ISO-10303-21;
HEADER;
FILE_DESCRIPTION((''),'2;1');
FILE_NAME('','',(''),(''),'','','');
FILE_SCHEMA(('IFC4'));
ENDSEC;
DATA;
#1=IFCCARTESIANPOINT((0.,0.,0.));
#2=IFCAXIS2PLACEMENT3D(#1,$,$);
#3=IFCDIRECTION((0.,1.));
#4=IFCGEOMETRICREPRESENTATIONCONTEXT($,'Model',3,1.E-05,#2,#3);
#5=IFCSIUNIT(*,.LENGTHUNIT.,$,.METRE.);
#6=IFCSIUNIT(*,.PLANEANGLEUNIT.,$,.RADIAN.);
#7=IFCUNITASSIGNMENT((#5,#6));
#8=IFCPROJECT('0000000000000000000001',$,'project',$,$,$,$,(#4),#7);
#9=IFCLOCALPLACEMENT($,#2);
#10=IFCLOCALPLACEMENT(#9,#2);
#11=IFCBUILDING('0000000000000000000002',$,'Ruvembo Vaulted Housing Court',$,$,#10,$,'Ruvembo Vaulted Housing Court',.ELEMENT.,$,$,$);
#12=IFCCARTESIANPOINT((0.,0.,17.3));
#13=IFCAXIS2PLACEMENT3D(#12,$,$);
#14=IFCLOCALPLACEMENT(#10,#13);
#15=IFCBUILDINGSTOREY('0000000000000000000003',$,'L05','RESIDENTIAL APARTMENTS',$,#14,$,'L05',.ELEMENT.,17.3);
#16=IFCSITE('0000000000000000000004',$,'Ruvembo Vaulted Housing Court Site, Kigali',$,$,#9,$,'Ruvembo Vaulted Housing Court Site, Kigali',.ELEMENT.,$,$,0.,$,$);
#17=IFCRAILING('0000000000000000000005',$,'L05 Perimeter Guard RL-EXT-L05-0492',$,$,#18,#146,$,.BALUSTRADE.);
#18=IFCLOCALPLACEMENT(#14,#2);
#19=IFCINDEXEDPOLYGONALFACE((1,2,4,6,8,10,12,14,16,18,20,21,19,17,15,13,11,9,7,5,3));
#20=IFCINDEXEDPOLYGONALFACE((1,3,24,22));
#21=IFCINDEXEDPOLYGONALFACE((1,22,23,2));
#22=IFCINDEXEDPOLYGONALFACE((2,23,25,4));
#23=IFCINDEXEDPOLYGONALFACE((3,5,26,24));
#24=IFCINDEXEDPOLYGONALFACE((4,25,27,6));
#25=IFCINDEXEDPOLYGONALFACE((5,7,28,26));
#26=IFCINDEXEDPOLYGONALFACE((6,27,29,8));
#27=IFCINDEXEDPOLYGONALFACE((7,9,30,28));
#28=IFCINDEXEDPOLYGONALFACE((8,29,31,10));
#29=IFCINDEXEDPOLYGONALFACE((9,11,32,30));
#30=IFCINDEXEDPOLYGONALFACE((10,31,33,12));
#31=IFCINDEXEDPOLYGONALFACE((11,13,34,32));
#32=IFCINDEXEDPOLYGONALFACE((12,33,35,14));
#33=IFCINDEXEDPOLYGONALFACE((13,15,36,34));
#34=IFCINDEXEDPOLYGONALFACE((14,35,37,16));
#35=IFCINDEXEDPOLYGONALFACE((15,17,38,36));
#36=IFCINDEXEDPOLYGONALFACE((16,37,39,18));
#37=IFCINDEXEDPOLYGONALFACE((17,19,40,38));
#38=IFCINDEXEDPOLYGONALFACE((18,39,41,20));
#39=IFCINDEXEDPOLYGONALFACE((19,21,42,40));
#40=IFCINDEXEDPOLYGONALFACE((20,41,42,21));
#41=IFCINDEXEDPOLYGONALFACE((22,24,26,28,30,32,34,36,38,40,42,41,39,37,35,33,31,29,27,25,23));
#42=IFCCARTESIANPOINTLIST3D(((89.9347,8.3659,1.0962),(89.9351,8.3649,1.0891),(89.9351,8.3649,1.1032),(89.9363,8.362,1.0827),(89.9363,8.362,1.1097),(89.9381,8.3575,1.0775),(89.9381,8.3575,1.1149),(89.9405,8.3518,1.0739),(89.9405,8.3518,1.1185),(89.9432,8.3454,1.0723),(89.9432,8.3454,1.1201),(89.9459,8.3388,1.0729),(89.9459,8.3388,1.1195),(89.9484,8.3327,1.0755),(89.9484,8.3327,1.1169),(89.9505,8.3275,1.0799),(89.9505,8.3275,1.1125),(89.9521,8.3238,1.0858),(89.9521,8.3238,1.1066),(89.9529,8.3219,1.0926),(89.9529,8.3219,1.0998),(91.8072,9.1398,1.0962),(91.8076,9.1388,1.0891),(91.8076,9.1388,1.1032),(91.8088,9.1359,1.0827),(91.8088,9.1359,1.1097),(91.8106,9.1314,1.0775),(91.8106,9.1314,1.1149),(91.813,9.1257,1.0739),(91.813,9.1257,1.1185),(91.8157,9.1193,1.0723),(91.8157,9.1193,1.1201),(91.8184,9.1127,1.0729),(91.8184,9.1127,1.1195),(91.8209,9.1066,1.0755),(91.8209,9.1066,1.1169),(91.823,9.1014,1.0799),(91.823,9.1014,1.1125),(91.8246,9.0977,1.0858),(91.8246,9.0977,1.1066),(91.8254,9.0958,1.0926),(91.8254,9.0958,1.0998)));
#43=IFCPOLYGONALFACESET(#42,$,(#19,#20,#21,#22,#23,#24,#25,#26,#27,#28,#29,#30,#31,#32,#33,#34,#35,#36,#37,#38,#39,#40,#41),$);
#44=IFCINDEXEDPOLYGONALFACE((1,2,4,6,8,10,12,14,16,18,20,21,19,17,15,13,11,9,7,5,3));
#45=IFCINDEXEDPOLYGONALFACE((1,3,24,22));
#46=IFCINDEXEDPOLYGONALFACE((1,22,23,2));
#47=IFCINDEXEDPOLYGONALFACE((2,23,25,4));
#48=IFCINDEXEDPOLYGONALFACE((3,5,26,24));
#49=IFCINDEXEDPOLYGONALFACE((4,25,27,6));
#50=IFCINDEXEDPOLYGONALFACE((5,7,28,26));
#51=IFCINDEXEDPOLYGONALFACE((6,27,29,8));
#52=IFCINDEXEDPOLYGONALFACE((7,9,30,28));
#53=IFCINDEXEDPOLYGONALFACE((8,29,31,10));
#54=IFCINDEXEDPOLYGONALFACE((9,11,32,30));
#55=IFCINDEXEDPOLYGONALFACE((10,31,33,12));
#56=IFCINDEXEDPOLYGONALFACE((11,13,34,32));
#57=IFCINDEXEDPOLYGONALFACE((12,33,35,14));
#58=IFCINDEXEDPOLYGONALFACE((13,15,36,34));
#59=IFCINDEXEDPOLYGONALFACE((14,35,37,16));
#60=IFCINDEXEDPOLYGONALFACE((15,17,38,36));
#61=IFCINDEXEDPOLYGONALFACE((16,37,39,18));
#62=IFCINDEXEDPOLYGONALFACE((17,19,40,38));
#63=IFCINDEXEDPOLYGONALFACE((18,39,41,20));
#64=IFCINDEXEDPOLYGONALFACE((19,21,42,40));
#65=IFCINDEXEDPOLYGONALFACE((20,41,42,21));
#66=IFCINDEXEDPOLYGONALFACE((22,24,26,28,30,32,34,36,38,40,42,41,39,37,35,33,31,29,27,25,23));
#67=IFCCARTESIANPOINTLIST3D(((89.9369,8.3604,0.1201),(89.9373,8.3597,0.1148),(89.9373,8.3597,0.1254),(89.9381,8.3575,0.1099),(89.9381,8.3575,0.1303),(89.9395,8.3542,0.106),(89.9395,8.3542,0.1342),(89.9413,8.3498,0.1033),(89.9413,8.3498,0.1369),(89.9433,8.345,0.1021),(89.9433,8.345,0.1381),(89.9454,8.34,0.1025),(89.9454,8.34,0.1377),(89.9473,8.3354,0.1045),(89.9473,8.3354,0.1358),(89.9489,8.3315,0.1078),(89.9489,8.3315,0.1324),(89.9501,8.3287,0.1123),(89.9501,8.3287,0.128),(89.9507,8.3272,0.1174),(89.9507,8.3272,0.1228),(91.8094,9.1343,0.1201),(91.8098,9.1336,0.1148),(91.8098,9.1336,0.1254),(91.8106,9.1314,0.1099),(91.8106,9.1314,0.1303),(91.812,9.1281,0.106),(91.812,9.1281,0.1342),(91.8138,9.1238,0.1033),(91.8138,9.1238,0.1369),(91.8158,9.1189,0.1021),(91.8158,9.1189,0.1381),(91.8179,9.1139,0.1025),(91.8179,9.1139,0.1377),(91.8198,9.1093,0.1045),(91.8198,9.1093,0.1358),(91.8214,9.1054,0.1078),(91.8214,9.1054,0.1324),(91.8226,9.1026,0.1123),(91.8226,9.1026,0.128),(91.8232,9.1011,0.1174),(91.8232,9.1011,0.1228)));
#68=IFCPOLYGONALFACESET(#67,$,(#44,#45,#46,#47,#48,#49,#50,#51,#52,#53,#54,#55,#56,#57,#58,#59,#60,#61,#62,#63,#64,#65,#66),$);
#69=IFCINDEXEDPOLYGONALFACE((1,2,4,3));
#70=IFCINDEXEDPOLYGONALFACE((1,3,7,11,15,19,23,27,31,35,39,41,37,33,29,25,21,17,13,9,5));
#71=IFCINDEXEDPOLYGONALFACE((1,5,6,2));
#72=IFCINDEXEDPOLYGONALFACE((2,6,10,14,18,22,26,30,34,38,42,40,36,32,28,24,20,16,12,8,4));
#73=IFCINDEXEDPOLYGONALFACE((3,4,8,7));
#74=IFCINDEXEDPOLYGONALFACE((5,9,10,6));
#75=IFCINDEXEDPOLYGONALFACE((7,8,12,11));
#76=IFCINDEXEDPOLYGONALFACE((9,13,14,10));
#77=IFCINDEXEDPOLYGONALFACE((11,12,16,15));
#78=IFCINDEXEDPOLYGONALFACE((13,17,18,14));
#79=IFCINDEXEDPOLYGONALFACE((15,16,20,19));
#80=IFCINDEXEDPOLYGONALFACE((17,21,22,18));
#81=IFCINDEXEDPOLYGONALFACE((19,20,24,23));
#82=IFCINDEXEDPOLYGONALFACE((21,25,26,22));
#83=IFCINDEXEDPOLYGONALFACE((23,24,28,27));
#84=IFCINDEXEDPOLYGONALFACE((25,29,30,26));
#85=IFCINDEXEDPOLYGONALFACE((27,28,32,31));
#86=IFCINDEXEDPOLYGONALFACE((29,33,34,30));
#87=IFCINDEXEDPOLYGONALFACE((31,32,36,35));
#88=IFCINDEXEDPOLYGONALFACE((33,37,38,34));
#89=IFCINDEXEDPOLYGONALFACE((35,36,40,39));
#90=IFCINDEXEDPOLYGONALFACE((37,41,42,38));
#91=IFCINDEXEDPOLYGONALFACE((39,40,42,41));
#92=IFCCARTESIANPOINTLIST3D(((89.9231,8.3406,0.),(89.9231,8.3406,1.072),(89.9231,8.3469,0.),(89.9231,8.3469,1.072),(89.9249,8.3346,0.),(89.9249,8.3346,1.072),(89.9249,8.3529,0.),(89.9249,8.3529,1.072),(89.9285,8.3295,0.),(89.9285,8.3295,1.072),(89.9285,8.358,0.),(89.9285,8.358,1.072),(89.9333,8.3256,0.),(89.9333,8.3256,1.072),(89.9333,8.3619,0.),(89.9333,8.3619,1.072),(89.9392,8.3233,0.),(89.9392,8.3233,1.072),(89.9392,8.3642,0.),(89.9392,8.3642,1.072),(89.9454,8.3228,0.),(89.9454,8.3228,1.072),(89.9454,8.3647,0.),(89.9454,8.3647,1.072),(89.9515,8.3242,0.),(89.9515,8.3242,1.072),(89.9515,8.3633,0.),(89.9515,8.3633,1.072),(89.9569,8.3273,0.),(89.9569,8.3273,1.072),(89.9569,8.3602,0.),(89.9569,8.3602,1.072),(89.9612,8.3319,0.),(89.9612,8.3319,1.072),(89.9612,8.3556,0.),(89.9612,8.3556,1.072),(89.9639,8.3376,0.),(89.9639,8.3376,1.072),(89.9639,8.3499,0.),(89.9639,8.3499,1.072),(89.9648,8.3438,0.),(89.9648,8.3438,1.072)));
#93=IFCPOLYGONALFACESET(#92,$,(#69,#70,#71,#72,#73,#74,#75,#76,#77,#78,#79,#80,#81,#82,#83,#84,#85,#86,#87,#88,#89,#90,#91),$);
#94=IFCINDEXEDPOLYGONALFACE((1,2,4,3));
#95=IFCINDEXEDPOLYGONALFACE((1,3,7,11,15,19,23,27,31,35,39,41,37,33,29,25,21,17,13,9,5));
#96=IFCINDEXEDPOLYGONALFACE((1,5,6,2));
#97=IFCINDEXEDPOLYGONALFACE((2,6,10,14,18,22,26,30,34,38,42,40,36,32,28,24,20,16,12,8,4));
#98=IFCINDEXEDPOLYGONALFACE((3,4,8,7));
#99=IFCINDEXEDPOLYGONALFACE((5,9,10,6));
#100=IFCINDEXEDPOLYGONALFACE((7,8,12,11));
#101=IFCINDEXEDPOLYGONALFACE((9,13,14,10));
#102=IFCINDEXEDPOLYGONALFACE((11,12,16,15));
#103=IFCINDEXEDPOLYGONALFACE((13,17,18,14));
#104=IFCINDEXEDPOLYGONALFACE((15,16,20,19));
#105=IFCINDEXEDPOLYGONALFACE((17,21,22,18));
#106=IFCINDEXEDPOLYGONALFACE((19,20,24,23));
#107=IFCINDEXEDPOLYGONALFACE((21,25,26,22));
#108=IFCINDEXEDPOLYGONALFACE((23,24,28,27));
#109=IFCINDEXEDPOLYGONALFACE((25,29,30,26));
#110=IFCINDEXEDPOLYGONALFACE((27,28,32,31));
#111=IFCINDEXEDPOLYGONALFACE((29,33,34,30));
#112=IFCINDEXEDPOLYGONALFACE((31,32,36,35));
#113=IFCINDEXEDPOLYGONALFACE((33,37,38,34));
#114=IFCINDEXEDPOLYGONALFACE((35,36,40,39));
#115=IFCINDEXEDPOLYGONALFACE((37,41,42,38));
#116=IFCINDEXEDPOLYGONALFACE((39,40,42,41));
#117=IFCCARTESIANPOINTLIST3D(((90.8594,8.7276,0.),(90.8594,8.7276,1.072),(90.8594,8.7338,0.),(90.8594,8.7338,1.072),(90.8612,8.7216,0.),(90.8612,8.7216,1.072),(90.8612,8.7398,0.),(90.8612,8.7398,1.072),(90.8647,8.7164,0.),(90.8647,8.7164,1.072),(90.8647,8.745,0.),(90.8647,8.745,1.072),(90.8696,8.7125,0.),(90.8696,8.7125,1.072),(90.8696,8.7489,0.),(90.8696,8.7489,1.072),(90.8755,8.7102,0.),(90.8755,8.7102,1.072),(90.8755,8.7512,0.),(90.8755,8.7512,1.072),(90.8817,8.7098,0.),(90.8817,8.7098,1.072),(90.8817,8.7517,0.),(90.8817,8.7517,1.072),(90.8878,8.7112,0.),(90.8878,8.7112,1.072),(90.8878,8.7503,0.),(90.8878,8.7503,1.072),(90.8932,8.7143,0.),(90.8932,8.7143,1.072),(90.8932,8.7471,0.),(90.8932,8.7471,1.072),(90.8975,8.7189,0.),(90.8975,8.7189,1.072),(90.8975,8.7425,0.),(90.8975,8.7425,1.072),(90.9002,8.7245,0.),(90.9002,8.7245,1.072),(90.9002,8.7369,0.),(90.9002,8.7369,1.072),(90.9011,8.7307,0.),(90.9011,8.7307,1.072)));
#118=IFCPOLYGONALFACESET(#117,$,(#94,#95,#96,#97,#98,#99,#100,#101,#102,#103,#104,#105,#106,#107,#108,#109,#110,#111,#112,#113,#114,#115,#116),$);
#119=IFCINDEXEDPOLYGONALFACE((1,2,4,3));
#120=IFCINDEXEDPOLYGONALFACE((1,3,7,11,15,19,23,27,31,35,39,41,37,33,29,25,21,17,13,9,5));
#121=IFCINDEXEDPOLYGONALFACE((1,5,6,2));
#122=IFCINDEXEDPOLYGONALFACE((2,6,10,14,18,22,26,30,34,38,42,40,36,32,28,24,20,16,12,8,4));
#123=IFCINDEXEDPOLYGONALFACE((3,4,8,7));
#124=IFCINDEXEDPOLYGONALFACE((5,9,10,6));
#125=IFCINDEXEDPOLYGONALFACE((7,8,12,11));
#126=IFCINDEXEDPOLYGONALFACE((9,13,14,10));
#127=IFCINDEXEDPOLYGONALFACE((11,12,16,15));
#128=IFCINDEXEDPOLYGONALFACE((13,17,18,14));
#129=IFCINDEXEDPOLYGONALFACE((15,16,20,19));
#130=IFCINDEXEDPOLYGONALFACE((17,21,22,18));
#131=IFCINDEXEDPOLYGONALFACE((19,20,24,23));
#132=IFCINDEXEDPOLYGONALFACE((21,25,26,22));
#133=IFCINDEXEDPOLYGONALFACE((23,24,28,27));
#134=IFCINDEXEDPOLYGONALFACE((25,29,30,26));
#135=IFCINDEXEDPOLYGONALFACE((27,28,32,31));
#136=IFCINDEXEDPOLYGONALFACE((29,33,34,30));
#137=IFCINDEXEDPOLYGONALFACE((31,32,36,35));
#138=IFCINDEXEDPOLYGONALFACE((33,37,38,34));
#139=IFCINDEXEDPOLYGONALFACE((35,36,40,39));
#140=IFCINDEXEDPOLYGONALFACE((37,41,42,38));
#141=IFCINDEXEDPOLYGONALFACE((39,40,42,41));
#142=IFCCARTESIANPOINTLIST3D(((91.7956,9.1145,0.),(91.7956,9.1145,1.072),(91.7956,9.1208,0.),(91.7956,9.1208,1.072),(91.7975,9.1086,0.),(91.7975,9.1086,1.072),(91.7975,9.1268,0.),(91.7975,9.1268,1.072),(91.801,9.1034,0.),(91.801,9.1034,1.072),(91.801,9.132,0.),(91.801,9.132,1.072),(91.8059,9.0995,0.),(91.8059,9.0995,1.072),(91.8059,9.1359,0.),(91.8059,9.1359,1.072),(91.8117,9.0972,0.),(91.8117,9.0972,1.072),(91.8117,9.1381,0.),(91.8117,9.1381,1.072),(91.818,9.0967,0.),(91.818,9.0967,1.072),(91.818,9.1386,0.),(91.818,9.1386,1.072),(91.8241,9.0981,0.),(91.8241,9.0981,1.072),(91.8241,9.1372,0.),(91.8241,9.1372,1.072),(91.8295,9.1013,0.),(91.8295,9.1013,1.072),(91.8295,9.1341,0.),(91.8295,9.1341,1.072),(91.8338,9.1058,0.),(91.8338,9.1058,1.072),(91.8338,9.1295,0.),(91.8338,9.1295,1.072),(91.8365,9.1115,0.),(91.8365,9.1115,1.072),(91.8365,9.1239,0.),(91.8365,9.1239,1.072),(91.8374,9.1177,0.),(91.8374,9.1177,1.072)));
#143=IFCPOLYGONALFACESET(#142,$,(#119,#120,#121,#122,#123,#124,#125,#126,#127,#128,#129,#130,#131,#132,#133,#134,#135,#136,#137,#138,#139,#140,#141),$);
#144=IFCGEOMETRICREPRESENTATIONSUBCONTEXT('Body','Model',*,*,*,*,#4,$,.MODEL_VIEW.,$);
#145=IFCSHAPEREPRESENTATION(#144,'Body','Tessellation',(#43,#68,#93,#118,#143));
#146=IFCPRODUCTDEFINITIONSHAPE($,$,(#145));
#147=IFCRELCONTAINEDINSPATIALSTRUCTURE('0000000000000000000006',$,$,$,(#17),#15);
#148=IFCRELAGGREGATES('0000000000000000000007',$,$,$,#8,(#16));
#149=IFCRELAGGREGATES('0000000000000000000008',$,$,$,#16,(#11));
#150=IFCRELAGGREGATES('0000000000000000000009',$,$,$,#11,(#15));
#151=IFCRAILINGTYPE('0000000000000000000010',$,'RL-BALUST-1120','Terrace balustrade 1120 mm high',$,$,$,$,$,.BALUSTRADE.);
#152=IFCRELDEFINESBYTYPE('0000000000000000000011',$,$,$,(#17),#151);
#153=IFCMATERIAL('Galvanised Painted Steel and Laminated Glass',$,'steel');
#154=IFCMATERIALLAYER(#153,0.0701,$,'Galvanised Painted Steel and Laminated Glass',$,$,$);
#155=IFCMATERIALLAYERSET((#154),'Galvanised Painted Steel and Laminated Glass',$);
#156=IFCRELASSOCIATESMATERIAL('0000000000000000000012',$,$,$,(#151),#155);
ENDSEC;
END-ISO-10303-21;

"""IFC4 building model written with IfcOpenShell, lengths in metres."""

from ifc_helpers import new_model, si_unit, direction, frame, origin, origin_2d, place, context, subcontext, project, spatial, circle, extrude, material, layer, layer_set, type_object, element, save


model = new_model("IFC4")

# Units and contexts
model_context = context("Model", 3, precision=1e-05, world=origin(), true_north=direction((0.0, 1.0)))
body_context = subcontext(model_context, "Body", "Model", "MODEL_VIEW")
ifc_project = project(units=[si_unit("LENGTHUNIT", "METRE"), si_unit("PLANEANGLEUNIT", "RADIAN")], contexts=[model_context])

# Site, building, storey
site_placement = place(None, origin())
site = spatial("IfcSite", under=ifc_project, at=site_placement, Name="Ruvembo Vaulted Housing Court Site, Kigali", LongName="Ruvembo Vaulted Housing Court Site, Kigali", CompositionType="ELEMENT", RefElevation=0.0)
building_placement = place(site_placement, origin())
building = spatial("IfcBuilding", under=site, at=building_placement, Name="Ruvembo Vaulted Housing Court", LongName="Ruvembo Vaulted Housing Court", CompositionType="ELEMENT")
storey_placement = place(building_placement, frame((0.0, 0.0, 17.3)))
storey = spatial("IfcBuildingStorey", under=building, at=storey_placement, Name="L05", Description="RESIDENTIAL APARTMENTS", LongName="L05", CompositionType="ELEMENT", Elevation=17.3)

# Railing
ifc_material_1 = material(Name="Galvanised Painted Steel and Laminated Glass", Category="steel")
ifc_layer_1 = layer(ifc_material_1, 0.0701, Name="Galvanised Painted Steel and Laminated Glass")
ifc_layer_set_1 = layer_set([ifc_layer_1], Name="Galvanised Painted Steel and Laminated Glass")
railing_type = type_object("IfcRailingType", Name="RL-BALUST-1120", Description="Terrace balustrade 1120 mm high", PredefinedType="BALUSTRADE", material=ifc_layer_set_1)
railing_placement = place(storey_placement, frame((89.9438, 8.3438, 0.0)))
element("IfcRailing", 1, at=railing_placement, inside=storey, type_object=railing_type, Name="L05 Perimeter Guard RL-EXT-L05-0492", PredefinedType="BALUSTRADE", context=body_context, shape_type="SweptSolid", body=[
    extrude(circle(Radius=0.0239, at=origin_2d()), frame((0.0, 0.0, 1.0962), z_axis=(0.924178, 0.381962, 0.0), x_axis=(-0.381962, 0.924178, 0.0)), (0.0, 0.0, 1.0), 2.0261),
    extrude(circle(Radius=0.0181, at=origin_2d()), frame((0.0, 0.0, 0.1201), z_axis=(0.924178, 0.381962, 0.0), x_axis=(-0.381962, 0.924178, 0.0)), (0.0, 0.0, 1.0), 2.0261),
    extrude(circle(Radius=0.021, at=origin_2d()), origin(), (0.0, 0.0, 1.0), 1.072),
    extrude(circle(Radius=0.021, at=origin_2d()), frame((0.9363, 0.387, 0.0)), (0.0, 0.0, 1.0), 1.072),
    extrude(circle(Radius=0.021, at=origin_2d()), frame((1.8726, 0.7739, 0.0)), (0.0, 0.0, 1.0), 1.072),
])

save(model, "model.ifc")
